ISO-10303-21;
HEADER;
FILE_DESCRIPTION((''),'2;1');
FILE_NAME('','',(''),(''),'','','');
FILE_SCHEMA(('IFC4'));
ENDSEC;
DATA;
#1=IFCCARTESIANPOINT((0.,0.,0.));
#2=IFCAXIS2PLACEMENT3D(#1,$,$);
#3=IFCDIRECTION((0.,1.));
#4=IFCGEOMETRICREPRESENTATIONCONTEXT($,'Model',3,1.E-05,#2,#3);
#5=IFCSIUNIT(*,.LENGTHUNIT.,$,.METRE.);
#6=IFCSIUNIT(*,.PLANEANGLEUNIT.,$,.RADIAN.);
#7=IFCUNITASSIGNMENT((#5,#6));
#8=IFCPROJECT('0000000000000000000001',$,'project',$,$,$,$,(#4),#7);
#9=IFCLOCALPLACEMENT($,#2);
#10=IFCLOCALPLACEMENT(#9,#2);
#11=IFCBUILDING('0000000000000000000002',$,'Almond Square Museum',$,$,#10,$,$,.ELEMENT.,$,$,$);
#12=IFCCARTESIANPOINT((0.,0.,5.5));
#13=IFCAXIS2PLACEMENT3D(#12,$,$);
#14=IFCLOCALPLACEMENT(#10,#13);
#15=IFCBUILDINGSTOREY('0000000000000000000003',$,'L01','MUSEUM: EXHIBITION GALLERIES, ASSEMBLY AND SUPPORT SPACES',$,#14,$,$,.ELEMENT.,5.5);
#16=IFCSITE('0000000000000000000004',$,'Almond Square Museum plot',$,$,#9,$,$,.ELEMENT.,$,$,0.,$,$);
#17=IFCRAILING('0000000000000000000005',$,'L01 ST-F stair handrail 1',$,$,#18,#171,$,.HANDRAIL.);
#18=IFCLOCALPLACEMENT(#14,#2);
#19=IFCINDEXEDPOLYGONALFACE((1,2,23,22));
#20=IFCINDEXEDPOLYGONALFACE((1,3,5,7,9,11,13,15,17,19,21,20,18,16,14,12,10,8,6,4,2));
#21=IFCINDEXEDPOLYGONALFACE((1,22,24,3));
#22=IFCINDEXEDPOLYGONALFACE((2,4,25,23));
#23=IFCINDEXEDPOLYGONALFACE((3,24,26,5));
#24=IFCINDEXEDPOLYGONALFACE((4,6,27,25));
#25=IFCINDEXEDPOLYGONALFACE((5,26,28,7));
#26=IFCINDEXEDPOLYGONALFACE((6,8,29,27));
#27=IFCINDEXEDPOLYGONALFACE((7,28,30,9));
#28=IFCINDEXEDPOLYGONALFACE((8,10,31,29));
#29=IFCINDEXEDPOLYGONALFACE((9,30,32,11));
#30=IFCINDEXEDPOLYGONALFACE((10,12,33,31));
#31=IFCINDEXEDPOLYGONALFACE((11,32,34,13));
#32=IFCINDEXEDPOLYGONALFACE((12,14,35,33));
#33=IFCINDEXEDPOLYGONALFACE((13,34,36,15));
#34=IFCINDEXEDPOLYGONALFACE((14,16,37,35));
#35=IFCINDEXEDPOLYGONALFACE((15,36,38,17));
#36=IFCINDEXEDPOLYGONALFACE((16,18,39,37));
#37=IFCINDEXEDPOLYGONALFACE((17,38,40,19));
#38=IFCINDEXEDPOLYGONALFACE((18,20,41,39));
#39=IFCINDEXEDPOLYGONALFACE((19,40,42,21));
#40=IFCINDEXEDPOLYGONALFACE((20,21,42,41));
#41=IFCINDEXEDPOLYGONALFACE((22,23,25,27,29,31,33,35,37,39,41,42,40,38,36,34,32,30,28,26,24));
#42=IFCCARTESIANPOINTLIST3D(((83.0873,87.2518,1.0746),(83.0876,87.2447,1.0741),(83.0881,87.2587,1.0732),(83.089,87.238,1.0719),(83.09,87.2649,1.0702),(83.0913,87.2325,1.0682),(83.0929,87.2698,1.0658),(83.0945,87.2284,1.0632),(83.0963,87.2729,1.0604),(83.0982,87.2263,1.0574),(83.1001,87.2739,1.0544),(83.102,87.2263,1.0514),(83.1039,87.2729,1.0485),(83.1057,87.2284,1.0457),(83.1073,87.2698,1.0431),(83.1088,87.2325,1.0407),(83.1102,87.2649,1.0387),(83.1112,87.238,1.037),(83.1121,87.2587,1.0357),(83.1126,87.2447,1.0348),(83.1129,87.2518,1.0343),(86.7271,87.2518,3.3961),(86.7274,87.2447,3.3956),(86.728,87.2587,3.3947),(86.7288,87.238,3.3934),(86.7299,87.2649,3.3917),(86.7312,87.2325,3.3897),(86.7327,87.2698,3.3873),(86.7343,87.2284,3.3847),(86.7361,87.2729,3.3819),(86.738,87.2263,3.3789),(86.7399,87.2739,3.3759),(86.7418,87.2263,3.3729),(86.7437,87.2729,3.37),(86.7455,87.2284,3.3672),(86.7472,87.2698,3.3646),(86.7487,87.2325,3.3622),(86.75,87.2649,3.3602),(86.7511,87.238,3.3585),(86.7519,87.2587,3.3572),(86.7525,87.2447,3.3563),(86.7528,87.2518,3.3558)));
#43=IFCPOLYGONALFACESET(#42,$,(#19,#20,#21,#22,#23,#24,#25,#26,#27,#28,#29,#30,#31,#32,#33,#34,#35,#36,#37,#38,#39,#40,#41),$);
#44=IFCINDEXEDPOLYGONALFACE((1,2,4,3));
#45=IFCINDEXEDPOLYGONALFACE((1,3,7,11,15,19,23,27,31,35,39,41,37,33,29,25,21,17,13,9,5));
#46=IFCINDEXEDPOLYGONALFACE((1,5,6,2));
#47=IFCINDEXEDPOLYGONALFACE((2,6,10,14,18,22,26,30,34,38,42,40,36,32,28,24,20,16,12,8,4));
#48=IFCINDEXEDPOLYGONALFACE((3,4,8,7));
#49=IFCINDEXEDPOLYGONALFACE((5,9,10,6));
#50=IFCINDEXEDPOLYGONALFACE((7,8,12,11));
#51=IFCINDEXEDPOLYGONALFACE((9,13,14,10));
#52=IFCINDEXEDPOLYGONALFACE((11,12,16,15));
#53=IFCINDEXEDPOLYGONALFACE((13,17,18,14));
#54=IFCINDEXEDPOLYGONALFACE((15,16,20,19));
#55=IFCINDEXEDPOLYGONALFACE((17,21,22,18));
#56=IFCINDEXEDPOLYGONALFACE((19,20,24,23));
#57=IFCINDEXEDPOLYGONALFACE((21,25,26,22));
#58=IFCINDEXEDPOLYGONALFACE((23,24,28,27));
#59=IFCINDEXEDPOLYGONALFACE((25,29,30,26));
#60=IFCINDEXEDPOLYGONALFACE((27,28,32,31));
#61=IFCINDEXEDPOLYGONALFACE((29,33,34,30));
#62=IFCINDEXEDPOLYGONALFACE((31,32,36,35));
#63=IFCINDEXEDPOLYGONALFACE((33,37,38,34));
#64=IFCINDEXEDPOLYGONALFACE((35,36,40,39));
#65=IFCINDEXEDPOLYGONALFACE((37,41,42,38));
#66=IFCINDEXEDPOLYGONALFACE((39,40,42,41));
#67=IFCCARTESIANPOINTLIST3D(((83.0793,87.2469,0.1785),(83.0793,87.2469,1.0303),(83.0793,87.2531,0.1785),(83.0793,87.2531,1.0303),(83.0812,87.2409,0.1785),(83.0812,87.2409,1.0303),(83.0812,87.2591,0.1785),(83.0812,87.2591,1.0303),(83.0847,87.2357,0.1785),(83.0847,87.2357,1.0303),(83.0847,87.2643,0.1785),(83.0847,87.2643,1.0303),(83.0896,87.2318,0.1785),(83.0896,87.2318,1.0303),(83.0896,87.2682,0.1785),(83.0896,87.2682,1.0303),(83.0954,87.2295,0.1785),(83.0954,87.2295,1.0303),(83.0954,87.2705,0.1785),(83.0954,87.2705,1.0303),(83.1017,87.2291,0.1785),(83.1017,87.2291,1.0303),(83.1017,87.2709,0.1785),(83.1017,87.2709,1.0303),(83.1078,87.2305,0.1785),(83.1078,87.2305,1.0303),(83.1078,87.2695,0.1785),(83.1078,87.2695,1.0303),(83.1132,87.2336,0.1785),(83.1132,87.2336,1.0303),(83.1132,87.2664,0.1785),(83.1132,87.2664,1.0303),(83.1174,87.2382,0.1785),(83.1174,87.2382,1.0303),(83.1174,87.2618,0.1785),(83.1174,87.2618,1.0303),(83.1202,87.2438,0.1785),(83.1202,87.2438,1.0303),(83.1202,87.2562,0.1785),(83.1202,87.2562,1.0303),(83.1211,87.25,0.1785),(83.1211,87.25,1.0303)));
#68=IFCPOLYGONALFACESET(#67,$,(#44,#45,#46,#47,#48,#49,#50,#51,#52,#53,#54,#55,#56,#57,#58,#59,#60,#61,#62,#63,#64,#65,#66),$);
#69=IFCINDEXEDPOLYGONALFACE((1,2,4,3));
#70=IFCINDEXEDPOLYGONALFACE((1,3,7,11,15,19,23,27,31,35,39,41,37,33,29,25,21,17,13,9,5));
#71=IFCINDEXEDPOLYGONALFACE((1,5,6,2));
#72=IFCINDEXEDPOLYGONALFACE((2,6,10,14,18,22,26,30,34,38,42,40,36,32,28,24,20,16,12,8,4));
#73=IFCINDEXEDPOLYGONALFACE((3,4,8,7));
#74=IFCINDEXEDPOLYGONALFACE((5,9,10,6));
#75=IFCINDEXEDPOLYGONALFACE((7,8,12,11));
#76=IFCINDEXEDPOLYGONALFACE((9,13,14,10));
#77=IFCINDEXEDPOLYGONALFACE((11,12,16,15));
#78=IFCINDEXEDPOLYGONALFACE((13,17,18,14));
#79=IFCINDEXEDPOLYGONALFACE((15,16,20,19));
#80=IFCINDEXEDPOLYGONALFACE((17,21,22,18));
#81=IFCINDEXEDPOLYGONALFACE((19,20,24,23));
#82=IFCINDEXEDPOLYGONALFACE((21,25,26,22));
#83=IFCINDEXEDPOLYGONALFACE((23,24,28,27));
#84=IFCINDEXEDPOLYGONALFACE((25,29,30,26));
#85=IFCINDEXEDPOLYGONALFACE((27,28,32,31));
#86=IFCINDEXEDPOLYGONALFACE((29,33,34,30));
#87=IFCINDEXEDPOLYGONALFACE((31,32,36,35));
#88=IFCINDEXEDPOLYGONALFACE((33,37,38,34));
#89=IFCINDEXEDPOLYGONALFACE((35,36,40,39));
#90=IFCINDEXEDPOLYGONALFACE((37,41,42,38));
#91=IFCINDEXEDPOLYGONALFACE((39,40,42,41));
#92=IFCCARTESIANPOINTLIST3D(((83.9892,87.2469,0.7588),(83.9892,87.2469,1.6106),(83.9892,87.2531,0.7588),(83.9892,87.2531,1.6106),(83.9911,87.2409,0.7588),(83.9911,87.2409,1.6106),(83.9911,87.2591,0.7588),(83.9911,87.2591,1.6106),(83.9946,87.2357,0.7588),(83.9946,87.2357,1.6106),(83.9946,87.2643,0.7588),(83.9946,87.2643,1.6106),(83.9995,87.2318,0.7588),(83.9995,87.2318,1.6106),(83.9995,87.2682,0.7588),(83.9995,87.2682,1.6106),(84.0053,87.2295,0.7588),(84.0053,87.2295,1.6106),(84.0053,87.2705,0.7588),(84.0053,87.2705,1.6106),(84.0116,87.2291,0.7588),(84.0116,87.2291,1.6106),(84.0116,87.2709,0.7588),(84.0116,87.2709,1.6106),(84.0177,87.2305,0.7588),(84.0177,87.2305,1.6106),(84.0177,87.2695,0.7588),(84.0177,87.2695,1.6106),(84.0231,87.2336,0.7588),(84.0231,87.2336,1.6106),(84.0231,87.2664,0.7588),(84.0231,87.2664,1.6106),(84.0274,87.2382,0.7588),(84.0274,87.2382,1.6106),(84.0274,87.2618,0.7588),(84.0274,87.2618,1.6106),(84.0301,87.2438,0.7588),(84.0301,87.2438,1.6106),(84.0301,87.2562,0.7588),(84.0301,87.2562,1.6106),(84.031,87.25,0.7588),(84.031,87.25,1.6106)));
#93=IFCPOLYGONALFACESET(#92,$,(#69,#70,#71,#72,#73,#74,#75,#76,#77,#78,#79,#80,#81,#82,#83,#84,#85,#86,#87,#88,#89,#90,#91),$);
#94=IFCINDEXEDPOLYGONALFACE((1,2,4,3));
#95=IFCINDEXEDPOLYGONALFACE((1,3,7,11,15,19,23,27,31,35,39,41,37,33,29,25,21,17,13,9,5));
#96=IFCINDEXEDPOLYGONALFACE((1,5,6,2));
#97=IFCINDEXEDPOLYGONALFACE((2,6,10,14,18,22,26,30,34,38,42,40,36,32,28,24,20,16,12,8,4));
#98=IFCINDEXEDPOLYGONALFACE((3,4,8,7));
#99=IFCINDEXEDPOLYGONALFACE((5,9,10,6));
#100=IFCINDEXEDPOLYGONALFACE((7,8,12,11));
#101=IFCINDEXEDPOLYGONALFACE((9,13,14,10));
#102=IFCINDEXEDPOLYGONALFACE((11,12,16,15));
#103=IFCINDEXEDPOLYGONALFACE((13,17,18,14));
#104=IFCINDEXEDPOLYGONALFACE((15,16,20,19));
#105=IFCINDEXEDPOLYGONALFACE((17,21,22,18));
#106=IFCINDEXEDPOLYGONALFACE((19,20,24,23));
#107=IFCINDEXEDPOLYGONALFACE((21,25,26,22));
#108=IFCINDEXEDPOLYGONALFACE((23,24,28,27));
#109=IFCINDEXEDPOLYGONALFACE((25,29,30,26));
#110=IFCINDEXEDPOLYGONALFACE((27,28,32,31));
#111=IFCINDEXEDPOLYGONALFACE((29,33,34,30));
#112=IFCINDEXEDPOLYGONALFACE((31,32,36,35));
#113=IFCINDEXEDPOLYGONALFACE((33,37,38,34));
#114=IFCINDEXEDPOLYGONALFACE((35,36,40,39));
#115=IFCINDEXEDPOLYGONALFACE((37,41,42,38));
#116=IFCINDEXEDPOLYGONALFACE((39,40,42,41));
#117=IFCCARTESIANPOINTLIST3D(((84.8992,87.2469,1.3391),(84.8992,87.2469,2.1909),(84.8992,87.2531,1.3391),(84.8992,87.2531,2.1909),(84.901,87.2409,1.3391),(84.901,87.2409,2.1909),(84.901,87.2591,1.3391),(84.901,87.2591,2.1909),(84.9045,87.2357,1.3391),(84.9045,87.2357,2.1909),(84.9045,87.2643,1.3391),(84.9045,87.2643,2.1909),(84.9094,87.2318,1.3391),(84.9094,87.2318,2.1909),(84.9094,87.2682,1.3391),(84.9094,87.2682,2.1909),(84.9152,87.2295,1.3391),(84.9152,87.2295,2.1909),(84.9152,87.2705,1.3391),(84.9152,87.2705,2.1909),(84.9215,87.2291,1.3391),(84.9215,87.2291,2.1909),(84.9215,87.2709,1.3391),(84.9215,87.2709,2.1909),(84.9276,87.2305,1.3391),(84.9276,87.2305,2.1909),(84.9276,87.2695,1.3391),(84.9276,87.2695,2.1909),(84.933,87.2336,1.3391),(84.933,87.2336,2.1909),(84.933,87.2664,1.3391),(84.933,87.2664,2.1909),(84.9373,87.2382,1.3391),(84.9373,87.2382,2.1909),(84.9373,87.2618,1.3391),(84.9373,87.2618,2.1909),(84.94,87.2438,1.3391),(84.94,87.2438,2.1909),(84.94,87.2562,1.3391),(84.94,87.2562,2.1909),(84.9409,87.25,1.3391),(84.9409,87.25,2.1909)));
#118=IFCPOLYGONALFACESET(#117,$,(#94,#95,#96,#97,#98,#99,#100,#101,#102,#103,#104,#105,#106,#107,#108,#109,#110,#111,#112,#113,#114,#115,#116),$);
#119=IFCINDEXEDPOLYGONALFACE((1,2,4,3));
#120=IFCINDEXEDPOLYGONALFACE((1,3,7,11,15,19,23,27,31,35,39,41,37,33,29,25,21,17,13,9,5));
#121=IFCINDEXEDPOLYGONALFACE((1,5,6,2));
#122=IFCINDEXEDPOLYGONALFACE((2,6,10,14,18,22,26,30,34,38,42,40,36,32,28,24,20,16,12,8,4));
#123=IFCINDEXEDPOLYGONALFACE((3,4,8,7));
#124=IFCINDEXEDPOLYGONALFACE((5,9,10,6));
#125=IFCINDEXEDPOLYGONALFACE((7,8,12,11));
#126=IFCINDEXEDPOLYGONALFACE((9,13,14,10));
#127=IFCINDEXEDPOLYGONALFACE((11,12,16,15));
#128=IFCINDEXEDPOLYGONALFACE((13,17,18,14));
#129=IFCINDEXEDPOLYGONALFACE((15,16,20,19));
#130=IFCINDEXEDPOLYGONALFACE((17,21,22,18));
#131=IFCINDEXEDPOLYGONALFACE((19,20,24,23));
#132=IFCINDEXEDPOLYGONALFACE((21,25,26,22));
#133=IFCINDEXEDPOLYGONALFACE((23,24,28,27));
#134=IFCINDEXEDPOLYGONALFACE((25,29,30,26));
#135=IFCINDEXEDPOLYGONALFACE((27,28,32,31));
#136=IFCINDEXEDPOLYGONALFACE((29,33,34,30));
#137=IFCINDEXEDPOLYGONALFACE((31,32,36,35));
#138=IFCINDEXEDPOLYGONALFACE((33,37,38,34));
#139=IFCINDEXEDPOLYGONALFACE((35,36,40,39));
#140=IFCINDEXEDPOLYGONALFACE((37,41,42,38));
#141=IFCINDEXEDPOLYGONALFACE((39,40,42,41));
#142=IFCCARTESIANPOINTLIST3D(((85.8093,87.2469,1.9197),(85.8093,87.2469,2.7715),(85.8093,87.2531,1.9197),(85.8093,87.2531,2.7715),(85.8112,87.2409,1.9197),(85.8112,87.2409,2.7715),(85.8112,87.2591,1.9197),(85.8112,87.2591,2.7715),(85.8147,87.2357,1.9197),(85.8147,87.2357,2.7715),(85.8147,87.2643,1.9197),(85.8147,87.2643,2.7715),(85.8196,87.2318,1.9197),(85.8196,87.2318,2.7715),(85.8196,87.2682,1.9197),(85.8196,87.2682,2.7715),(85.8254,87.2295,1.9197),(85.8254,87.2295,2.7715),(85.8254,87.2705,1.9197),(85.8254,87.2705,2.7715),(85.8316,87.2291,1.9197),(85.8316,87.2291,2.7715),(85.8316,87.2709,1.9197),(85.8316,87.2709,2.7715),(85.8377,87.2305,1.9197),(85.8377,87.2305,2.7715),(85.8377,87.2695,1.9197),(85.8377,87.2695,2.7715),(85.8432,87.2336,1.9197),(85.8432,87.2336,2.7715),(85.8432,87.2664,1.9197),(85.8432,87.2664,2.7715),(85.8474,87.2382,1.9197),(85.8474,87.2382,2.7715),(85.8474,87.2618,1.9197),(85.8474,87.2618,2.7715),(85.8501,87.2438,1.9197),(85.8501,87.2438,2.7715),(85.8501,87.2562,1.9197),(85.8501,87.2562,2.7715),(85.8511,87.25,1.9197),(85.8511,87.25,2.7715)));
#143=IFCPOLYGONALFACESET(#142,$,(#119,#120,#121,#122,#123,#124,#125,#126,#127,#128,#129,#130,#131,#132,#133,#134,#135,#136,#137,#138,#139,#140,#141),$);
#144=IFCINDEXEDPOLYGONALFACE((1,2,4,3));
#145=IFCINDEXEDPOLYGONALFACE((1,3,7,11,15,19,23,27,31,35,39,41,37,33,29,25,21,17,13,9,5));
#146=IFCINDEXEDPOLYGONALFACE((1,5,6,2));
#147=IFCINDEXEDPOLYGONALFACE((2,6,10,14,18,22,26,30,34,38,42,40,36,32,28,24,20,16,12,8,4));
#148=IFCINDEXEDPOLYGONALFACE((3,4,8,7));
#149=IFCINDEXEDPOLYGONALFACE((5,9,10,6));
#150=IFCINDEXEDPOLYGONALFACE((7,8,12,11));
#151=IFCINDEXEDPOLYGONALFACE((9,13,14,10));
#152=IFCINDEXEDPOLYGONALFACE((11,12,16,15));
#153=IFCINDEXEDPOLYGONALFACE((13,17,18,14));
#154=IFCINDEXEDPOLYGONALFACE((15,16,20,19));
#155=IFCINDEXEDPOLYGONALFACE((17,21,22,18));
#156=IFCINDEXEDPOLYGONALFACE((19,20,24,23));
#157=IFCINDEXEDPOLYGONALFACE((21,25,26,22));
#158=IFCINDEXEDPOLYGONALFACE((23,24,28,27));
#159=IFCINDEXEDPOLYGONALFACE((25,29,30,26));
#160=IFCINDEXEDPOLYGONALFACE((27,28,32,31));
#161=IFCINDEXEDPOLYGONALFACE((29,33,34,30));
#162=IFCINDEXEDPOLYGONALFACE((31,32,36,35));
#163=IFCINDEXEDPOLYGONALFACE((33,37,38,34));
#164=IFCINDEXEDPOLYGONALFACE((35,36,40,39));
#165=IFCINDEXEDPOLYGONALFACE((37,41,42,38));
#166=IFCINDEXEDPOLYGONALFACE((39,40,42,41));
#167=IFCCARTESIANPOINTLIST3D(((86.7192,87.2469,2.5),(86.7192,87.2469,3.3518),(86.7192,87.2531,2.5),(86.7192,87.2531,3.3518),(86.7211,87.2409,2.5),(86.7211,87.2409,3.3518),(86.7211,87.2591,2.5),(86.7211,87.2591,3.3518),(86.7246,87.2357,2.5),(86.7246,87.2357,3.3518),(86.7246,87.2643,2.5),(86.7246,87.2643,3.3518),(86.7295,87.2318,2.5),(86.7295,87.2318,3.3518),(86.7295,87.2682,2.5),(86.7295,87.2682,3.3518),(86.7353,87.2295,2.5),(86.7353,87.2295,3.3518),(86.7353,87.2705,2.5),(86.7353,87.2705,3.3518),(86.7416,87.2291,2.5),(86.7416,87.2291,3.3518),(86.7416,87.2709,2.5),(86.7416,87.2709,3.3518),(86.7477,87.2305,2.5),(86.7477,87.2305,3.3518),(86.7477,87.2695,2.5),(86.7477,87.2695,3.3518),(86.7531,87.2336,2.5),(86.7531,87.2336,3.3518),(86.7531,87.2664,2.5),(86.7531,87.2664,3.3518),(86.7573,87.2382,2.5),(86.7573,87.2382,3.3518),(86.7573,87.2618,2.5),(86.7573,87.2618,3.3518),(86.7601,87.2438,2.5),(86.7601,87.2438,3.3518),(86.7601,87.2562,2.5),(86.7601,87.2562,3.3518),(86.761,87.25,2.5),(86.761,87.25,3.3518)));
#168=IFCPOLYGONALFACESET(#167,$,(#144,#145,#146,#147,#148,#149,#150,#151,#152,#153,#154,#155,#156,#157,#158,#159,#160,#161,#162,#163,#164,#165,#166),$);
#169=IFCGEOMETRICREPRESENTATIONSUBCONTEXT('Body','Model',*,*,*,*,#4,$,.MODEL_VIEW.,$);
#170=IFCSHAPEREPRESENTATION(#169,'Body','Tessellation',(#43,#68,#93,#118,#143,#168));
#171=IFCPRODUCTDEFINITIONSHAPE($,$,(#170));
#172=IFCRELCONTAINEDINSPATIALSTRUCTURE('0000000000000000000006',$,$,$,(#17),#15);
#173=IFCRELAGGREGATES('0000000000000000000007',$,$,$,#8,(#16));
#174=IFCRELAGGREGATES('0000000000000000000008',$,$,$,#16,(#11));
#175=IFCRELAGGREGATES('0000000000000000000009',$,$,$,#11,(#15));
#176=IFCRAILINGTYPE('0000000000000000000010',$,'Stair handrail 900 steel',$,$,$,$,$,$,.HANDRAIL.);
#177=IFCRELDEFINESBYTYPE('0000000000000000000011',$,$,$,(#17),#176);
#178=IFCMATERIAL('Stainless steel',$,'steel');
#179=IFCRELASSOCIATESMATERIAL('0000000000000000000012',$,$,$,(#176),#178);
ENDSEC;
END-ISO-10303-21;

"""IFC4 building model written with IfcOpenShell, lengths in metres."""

from ifc_helpers import new_model, si_unit, direction, frame, origin, origin_2d, place, context, subcontext, project, spatial, circle, extrude, material, type_object, element, save


model = new_model("IFC4")

# Units and contexts
model_context = context("Model", 3, precision=1e-05, world=origin(), true_north=direction((0.0, 1.0)))
body_context = subcontext(model_context, "Body", "Model", "MODEL_VIEW")
ifc_project = project(units=[si_unit("LENGTHUNIT", "METRE"), si_unit("PLANEANGLEUNIT", "RADIAN")], contexts=[model_context])

# Site, building, storey
site_placement = place(None, origin())
site = spatial("IfcSite", under=ifc_project, at=site_placement, Name="Almond Square Museum plot", CompositionType="ELEMENT", RefElevation=0.0)
building_placement = place(site_placement, origin())
building = spatial("IfcBuilding", under=site, at=building_placement, Name="Almond Square Museum", CompositionType="ELEMENT")
storey_placement = place(building_placement, frame((0.0, 0.0, 5.5)))
storey = spatial("IfcBuildingStorey", under=building, at=storey_placement, Name="L01", Description="MUSEUM: EXHIBITION GALLERIES, ASSEMBLY AND SUPPORT SPACES", CompositionType="ELEMENT", Elevation=5.5)

# Railing
ifc_material_1 = material(Name="Stainless steel", Category="steel")
railing_type_1 = type_object("IfcRailingType", Name="Stair handrail 900 steel", PredefinedType="HANDRAIL", material=ifc_material_1)
railing_1_placement = place(storey_placement, frame((83.1001, 87.25, 0.1785)))
element("IfcRailing", 1, at=railing_1_placement, inside=storey, type_object=railing_type_1, Name="L01 ST-F stair handrail 1", PredefinedType="HANDRAIL", context=body_context, shape_type="SweptSolid", body=[
    extrude(circle(Radius=0.0239, at=origin_2d()), frame((0.0, 0.0, 0.876), z_axis=(0.843112, 0.0, 0.537739), x_axis=(0.0, 1.0, 0.0)), (0.0, 0.0, 1.0), 4.3171),
    extrude(circle(Radius=0.021, at=origin_2d()), origin(), (0.0, 0.0, 1.0), 0.8518),
    extrude(circle(Radius=0.021, at=origin_2d()), frame((0.9099, 0.0, 0.5803)), (0.0, 0.0, 1.0), 0.8518),
    extrude(circle(Radius=0.021, at=origin_2d()), frame((1.8198, 0.0, 1.1606)), (0.0, 0.0, 1.0), 0.8518),
    extrude(circle(Radius=0.021, at=origin_2d()), frame((2.73, 0.0, 1.7412)), (0.0, 0.0, 1.0), 0.8518),
    extrude(circle(Radius=0.021, at=origin_2d()), frame((3.6399, 0.0, 2.3215)), (0.0, 0.0, 1.0), 0.8518),
])

save(model, "model.ifc")
